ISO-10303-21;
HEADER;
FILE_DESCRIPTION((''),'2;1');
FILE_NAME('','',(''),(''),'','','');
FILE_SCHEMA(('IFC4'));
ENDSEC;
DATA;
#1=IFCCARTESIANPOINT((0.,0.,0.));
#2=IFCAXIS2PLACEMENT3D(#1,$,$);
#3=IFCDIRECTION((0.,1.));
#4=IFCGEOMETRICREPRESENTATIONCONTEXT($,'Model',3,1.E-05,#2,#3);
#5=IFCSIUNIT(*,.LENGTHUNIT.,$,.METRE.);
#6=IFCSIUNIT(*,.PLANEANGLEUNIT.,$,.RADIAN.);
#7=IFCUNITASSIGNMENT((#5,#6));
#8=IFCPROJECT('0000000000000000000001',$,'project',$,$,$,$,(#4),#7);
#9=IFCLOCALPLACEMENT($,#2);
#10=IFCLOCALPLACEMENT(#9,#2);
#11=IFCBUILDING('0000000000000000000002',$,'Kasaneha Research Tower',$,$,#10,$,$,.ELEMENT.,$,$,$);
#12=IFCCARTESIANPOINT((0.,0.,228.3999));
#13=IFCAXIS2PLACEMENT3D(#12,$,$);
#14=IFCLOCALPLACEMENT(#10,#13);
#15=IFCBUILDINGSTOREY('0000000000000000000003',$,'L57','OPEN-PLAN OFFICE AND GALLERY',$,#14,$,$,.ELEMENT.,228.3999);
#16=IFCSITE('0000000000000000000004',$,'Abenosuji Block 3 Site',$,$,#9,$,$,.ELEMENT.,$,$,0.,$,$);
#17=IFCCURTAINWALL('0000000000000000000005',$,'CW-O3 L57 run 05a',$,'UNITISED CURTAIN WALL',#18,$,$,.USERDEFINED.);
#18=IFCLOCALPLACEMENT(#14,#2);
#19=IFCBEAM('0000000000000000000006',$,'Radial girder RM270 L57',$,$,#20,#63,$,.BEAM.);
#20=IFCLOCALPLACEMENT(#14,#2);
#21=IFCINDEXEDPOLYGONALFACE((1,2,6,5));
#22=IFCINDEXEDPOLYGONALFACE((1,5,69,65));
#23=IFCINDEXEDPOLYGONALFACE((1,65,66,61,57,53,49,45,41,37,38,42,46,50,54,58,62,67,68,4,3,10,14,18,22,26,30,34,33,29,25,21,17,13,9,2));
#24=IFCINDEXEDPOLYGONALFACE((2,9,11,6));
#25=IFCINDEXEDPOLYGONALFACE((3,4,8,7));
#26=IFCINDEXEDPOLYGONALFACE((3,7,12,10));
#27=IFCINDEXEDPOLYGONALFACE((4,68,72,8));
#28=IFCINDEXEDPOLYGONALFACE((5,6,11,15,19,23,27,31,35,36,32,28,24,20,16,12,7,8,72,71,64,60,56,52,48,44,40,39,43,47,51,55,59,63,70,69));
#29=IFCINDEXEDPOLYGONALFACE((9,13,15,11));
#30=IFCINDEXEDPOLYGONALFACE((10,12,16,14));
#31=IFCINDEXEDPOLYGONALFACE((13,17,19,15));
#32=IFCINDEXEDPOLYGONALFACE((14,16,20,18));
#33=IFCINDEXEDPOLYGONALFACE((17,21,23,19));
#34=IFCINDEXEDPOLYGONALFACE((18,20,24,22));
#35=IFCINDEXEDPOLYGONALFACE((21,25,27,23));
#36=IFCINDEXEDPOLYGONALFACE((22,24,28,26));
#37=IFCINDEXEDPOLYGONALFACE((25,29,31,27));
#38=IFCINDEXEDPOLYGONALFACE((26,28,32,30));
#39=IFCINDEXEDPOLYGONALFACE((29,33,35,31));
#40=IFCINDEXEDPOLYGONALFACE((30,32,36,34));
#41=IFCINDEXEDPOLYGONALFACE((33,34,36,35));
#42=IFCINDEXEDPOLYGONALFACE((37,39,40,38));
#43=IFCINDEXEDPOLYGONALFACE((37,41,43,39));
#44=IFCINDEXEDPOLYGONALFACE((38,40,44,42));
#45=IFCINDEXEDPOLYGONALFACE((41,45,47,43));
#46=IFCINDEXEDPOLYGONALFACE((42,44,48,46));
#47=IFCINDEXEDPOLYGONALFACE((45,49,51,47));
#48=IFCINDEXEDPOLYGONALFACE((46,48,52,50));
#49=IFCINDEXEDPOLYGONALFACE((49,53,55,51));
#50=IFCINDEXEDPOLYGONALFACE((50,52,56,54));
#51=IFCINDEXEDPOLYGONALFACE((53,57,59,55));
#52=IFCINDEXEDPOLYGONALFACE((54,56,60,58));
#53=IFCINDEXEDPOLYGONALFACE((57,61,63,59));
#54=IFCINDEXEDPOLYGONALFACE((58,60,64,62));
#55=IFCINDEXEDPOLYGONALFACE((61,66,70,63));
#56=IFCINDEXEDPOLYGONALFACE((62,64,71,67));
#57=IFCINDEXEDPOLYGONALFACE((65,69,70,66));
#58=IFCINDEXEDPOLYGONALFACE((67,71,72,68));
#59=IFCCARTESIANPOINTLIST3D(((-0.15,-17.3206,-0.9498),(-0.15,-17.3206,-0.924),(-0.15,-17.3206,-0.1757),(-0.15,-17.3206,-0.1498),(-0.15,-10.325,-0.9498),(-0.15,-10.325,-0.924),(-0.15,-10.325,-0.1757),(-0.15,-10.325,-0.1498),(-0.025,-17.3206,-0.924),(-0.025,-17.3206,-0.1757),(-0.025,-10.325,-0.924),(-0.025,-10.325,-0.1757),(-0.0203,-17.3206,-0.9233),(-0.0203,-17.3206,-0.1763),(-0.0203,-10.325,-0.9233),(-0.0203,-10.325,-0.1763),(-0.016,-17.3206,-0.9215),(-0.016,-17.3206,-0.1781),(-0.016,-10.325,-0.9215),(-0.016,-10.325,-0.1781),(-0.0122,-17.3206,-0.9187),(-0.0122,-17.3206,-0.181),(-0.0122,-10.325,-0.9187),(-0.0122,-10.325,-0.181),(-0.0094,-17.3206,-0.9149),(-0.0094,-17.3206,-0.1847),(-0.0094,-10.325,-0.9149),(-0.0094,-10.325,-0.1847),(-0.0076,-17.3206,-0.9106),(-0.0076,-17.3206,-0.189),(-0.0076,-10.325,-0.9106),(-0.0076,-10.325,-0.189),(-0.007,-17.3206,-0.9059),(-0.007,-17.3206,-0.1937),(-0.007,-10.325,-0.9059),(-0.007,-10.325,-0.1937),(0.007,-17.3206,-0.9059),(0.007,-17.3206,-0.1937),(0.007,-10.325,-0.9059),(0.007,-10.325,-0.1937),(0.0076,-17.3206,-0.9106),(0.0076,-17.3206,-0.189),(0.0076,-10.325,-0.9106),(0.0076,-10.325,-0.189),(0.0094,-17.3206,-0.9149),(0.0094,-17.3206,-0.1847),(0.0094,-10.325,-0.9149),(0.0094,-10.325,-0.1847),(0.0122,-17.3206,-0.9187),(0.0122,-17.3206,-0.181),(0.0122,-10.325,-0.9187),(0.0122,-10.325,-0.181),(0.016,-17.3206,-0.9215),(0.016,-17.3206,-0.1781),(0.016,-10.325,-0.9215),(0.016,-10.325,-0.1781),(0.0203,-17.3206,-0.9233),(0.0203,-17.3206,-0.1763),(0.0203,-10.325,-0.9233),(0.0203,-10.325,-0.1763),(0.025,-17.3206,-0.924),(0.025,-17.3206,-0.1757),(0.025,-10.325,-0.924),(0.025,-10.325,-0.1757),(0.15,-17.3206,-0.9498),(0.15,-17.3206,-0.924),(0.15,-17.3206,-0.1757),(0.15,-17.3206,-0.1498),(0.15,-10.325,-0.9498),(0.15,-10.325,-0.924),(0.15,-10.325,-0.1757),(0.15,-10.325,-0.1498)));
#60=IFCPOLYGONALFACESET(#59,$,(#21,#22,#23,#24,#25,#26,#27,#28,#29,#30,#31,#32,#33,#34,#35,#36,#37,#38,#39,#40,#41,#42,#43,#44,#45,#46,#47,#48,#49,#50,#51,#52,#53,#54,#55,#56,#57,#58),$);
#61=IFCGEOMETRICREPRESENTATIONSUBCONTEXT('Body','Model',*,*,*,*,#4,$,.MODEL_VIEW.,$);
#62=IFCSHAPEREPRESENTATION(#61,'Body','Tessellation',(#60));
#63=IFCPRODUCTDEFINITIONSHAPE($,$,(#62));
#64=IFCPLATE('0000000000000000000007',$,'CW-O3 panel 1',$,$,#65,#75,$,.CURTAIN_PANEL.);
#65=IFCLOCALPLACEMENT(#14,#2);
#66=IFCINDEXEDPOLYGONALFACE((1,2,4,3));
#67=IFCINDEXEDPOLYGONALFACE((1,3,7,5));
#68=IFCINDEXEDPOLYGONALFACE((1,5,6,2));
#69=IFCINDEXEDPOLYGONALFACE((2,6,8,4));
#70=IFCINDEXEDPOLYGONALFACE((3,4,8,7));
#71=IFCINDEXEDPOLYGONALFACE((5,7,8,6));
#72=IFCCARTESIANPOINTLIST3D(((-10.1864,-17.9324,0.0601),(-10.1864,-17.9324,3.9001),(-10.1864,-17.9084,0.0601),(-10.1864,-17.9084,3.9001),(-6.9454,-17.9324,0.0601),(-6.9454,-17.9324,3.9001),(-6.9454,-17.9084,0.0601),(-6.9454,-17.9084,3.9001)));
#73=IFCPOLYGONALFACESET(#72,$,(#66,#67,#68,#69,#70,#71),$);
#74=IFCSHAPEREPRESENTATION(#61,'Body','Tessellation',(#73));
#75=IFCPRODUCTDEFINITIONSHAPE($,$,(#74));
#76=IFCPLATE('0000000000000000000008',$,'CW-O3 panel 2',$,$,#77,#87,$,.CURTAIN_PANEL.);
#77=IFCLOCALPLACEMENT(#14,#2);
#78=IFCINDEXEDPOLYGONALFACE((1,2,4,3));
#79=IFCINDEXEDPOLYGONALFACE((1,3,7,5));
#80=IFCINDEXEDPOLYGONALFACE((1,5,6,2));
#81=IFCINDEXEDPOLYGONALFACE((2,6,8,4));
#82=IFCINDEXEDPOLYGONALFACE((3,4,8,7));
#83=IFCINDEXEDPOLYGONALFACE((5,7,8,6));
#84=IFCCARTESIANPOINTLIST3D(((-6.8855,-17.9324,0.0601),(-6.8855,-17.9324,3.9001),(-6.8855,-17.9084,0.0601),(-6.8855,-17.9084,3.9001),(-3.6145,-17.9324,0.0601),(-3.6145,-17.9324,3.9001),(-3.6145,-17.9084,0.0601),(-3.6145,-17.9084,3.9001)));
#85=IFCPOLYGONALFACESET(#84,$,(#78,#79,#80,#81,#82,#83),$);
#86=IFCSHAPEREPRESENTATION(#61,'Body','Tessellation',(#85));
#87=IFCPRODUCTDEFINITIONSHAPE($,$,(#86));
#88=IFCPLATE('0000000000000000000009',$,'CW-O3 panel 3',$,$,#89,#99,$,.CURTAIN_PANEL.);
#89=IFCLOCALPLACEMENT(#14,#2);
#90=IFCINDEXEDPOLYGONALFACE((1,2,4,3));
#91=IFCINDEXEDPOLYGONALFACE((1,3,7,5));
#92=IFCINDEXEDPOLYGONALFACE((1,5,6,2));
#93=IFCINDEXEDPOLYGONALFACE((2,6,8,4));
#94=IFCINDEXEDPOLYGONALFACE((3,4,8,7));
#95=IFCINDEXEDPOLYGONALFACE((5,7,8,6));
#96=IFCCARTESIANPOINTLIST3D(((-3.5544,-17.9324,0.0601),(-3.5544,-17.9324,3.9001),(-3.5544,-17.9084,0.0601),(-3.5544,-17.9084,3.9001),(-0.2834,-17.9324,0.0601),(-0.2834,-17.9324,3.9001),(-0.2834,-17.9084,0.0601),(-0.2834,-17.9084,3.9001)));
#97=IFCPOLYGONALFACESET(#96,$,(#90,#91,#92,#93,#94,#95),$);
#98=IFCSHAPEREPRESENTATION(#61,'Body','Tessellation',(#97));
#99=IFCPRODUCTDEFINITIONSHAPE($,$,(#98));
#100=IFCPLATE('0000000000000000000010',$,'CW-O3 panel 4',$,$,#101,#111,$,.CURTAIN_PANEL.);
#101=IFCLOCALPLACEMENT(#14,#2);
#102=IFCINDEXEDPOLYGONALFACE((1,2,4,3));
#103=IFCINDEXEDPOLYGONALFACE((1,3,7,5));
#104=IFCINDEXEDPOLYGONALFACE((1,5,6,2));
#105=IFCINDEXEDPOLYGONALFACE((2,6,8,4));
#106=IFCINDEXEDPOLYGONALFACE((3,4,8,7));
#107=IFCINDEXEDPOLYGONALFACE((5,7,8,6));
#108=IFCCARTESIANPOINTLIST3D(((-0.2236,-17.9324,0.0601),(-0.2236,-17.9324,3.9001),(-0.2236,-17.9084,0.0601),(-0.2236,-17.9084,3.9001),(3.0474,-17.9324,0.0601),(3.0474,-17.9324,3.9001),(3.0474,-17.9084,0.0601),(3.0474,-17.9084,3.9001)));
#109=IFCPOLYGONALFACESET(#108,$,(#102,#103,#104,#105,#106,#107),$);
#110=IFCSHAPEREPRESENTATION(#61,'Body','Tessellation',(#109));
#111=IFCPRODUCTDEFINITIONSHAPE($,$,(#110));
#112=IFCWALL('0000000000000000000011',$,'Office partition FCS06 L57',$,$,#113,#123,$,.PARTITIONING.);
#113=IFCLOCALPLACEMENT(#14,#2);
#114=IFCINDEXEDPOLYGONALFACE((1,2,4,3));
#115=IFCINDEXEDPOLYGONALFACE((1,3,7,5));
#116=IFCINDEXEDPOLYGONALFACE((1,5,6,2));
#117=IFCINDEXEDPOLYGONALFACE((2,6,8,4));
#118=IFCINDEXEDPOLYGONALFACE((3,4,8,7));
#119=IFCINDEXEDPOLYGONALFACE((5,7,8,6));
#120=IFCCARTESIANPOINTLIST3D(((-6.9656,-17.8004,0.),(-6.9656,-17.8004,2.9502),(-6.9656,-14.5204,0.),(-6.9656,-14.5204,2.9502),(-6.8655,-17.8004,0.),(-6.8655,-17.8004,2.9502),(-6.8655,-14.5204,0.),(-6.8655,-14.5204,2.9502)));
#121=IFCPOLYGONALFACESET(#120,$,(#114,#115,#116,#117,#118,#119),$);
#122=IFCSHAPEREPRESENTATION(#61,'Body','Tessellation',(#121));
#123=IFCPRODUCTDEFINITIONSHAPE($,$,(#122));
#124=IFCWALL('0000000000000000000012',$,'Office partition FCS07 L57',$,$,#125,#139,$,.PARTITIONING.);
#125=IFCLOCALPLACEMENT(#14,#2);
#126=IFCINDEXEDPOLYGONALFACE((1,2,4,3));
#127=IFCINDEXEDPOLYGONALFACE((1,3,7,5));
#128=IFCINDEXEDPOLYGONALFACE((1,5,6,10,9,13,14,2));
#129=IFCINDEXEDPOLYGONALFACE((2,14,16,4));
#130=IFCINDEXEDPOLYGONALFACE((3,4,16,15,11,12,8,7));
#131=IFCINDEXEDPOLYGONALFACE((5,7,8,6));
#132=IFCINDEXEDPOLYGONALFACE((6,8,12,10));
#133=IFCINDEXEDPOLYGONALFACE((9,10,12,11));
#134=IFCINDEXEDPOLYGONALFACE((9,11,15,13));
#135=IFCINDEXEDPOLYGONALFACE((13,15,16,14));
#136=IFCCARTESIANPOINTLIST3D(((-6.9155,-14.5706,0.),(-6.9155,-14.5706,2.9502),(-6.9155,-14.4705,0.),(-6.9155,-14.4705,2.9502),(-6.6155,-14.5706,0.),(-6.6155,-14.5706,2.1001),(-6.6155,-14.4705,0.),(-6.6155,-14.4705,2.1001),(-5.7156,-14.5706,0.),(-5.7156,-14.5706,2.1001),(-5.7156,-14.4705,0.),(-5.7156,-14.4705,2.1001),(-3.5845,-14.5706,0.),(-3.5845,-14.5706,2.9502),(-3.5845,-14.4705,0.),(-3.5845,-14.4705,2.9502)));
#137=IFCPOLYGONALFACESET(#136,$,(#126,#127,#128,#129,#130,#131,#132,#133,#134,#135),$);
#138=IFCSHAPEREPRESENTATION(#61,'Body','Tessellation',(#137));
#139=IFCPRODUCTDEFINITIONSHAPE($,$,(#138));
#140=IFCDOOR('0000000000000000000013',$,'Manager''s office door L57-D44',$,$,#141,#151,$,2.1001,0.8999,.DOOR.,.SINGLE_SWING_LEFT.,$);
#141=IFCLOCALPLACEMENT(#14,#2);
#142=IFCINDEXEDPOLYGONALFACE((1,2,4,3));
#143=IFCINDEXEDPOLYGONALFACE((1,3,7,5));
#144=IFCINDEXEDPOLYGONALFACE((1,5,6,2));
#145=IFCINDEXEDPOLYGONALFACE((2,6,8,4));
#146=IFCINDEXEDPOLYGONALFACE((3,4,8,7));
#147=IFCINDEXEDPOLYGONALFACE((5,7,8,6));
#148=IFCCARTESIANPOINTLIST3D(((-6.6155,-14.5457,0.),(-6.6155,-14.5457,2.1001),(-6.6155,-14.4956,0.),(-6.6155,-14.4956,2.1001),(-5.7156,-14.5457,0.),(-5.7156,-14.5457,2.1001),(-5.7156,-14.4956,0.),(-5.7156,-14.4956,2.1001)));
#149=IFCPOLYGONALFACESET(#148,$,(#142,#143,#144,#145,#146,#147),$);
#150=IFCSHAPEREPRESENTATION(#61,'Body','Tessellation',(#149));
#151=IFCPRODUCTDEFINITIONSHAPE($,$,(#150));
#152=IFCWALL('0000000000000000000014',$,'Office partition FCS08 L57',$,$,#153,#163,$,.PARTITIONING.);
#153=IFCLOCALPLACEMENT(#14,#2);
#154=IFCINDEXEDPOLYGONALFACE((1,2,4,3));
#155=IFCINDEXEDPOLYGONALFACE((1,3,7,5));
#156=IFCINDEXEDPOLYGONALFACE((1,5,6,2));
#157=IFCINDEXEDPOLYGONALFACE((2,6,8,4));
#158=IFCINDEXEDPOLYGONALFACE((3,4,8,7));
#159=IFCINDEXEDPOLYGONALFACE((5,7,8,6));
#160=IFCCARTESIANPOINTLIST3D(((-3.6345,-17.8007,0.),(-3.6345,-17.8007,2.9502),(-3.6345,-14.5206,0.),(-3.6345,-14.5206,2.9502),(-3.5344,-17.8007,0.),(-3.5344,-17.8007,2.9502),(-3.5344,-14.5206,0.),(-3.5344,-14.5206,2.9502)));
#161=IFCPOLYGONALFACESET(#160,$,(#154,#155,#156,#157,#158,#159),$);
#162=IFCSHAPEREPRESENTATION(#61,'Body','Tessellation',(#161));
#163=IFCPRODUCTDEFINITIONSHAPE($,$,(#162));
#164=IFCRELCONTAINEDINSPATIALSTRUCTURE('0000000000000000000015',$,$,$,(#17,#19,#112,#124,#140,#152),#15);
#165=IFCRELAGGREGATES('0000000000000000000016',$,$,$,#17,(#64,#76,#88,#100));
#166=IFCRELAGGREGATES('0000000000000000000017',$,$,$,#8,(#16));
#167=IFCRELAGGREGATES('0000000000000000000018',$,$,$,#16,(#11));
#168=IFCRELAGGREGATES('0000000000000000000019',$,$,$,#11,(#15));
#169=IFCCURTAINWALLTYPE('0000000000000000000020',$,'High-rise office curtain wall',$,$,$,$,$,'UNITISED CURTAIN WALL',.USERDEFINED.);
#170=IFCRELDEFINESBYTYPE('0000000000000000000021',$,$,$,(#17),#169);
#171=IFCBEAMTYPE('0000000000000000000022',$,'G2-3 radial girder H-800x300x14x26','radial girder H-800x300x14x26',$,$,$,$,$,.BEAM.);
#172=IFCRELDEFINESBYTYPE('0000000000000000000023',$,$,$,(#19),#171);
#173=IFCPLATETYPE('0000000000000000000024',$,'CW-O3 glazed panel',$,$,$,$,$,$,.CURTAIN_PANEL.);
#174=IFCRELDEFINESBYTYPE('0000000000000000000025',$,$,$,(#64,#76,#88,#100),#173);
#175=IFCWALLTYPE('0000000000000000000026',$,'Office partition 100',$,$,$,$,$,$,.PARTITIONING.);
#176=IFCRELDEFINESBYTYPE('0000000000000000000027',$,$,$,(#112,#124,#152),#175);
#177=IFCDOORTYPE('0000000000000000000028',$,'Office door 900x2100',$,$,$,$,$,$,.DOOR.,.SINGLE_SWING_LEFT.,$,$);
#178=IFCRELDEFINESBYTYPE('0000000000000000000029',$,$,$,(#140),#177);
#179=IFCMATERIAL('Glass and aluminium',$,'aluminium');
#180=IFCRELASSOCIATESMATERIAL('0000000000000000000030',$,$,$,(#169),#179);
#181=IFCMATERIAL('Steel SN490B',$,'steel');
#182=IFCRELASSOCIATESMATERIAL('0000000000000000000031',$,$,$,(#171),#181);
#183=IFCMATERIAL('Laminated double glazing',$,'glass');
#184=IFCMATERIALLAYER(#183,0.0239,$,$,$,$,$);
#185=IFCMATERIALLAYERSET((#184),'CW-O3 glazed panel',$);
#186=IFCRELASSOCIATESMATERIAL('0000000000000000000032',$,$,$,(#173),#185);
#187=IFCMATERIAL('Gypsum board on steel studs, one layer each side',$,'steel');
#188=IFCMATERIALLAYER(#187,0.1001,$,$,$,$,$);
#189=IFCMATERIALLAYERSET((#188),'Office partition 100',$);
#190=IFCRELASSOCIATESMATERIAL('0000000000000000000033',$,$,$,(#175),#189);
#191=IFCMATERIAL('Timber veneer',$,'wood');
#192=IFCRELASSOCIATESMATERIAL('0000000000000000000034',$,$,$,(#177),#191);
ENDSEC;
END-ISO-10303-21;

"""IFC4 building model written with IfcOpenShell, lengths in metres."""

from ifc_helpers import new_model, si_unit, direction, frame, frame_2d, origin, origin_2d, place, context, subcontext, project, spatial, rectangle, i_section, extrude, material, layer, layer_set, material_profile, profile_set, type_object, element, fill, aggregate, save


model = new_model("IFC4")

# Units and contexts
model_context = context("Model", 3, precision=1e-05, world=origin(), true_north=direction((0.0, 1.0)))
body_context = subcontext(model_context, "Body", "Model", "MODEL_VIEW")
ifc_project = project(units=[si_unit("LENGTHUNIT", "METRE"), si_unit("PLANEANGLEUNIT", "RADIAN")], contexts=[model_context])

# Site, building, storey
site_placement = place(None, origin())
site = spatial("IfcSite", under=ifc_project, at=site_placement, Name="Abenosuji Block 3 Site", CompositionType="ELEMENT", RefElevation=0.0)
building_placement = place(site_placement, origin())
building = spatial("IfcBuilding", under=site, at=building_placement, Name="Kasaneha Research Tower", CompositionType="ELEMENT")
storey_placement = place(building_placement, frame((0.0, 0.0, 228.3999)))
storey = spatial("IfcBuildingStorey", under=building, at=storey_placement, Name="L57", Description="OPEN-PLAN OFFICE AND GALLERY", CompositionType="ELEMENT", Elevation=228.3999)

# Curtain wall
ifc_material_1 = material(Name="Glass and aluminium", Category="aluminium")
curtain_wall_type = type_object("IfcCurtainWallType", Name="High-rise office curtain wall", ElementType="UNITISED CURTAIN WALL", PredefinedType="USERDEFINED", material=ifc_material_1)
curtain_wall_placement = place(storey_placement, origin())
curtain_wall = element("IfcCurtainWall", 1, at=curtain_wall_placement, inside=storey, type_object=curtain_wall_type, Name="CW-O3 L57 run 05a", ObjectType="UNITISED CURTAIN WALL", PredefinedType="USERDEFINED")

# Beam
ifc_material_2 = material(Name="Steel SN490B", Category="steel")
ifc_material_profile_1 = material_profile(ifc_material_2, i_section(OverallWidth=0.3, OverallDepth=0.8, WebThickness=0.0139, FlangeThickness=0.0259, FilletRadius=0.0181, at=origin_2d()), Name="H-800x300x14x26")
ifc_profile_set_1 = profile_set([ifc_material_profile_1], Name="Steel SN490B")
beam_type_1 = type_object("IfcBeamType", Name="G2-3 radial girder H-800x300x14x26", Description="radial girder H-800x300x14x26", PredefinedType="BEAM", material=ifc_profile_set_1)
beam_1_placement = place(storey_placement, frame((0.0, -10.325, -0.5498), z_axis=(0.0, -1.0, 0.0), x_axis=(1.0, 0.0, 0.0)))
element("IfcBeam", 2, at=beam_1_placement, inside=storey, type_object=beam_type_1, Name="Radial girder RM270 L57", PredefinedType="BEAM", context=body_context, shape_type="SweptSolid", body=[
    extrude(i_section(OverallWidth=0.3, OverallDepth=0.8, WebThickness=0.0139, FlangeThickness=0.0259, FilletRadius=0.0181, at=origin_2d()), origin(), (0.0, 0.0, 1.0), 6.9956),
])

# Plates
ifc_material_3 = material(Name="Laminated double glazing", Category="glass")
ifc_layer_1 = layer(ifc_material_3, 0.0239)
ifc_layer_set_1 = layer_set([ifc_layer_1], Name="CW-O3 glazed panel")
plate_type = type_object("IfcPlateType", Name="CW-O3 glazed panel", PredefinedType="CURTAIN_PANEL", material=ifc_layer_set_1)
plate_1_placement = place(storey_placement, frame((-8.5659, -17.9204, 0.0601), z_axis=(0.0, 0.0, 1.0), x_axis=(1.0, 0.0, 0.0)))
plate_1 = element("IfcPlate", 3, at=plate_1_placement, type_object=plate_type, Name="CW-O3 panel 1", PredefinedType="CURTAIN_PANEL", context=body_context, shape_type="SweptSolid", body=[
    extrude(rectangle(XDim=3.241, YDim=0.0239, at=origin_2d()), origin(), (0.0, 0.0, 1.0), 3.8401),
])
plate_2_placement = place(storey_placement, frame((-5.25, -17.9204, 0.0601), z_axis=(0.0, 0.0, 1.0), x_axis=(1.0, 0.0, 0.0)))
plate_2 = element("IfcPlate", 4, at=plate_2_placement, type_object=plate_type, Name="CW-O3 panel 2", PredefinedType="CURTAIN_PANEL", context=body_context, shape_type="SweptSolid", body=[
    extrude(rectangle(XDim=3.271, YDim=0.0239, at=origin_2d()), origin(), (0.0, 0.0, 1.0), 3.8401),
])
plate_3_placement = place(storey_placement, frame((-1.9189, -17.9204, 0.0601), z_axis=(0.0, 0.0, 1.0), x_axis=(1.0, 0.0, 0.0)))
plate_3 = element("IfcPlate", 5, at=plate_3_placement, type_object=plate_type, Name="CW-O3 panel 3", PredefinedType="CURTAIN_PANEL", context=body_context, shape_type="SweptSolid", body=[
    extrude(rectangle(XDim=3.271, YDim=0.0239, at=origin_2d()), origin(), (0.0, 0.0, 1.0), 3.8401),
])
plate_4_placement = place(storey_placement, frame((1.4119, -17.9204, 0.0601), z_axis=(0.0, 0.0, 1.0), x_axis=(1.0, 0.0, 0.0)))
plate_4 = element("IfcPlate", 6, at=plate_4_placement, type_object=plate_type, Name="CW-O3 panel 4", PredefinedType="CURTAIN_PANEL", context=body_context, shape_type="SweptSolid", body=[
    extrude(rectangle(XDim=3.271, YDim=0.0239, at=origin_2d()), origin(), (0.0, 0.0, 1.0), 3.8401),
])
aggregate(curtain_wall, [plate_1, plate_2, plate_3, plate_4])

# Wall
ifc_material_4 = material(Name="Gypsum board on steel studs, one layer each side", Category="steel")
ifc_layer_2 = layer(ifc_material_4, 0.1001)
ifc_layer_set_2 = layer_set([ifc_layer_2], Name="Office partition 100")
wall_type_1 = type_object("IfcWallType", Name="Office partition 100", PredefinedType="PARTITIONING", material=ifc_layer_set_2)
wall_1_placement = place(storey_placement, frame((-6.9155, -17.8005, 0.0), z_axis=(0.0, 0.0, 1.0), x_axis=(0.0, 1.0, 0.0)))
element("IfcWall", 7, at=wall_1_placement, inside=storey, type_object=wall_type_1, Name="Office partition FCS06 L57", PredefinedType="PARTITIONING", context=body_context, shape_type="SweptSolid", body=[
    extrude(rectangle(XDim=3.28, YDim=0.1001, at=frame_2d((1.6401, 0.0))), origin(), (0.0, 0.0, 1.0), 2.9502),
])

# Wall, opening, door
wall_2_placement = place(storey_placement, frame((-6.9155, -14.5205, 0.0), z_axis=(0.0, 0.0, 1.0), x_axis=(1.0, 0.0, 0.0)))
wall_2 = element("IfcWall", 8, at=wall_2_placement, inside=storey, type_object=wall_type_1, Name="Office partition FCS07 L57", PredefinedType="PARTITIONING", context=body_context, shape_type="SweptSolid", body=[
    extrude(rectangle(XDim=3.3311, YDim=0.1001, at=frame_2d((1.6655, 0.0))), origin(), (0.0, 0.0, 1.0), 2.9502),
])
opening_1_placement = place(wall_2_placement, frame((0.3, 0.0, 0.0)))
opening_1 = element("IfcOpeningElement", 9, at=opening_1_placement, cuts=wall_2, PredefinedType="OPENING", context=body_context, shape_type="SweptSolid", body=[
    extrude(rectangle(XDim=0.8999, YDim=2.1001, at=frame_2d((0.45, 1.05))), frame((0.0, 0.0601, 0.0), z_axis=(0.0, -1.0, 0.0), x_axis=(1.0, 0.0, 0.0)), (0.0, 0.0, 1.0), 0.1201),
])
ifc_material_5 = material(Name="Timber veneer", Category="wood")
door_type_1 = type_object("IfcDoorType", Name="Office door 900x2100", OperationType="SINGLE_SWING_LEFT", PredefinedType="DOOR", material=ifc_material_5)
door_1_placement = place(opening_1_placement, origin())
door_1 = element("IfcDoor", 10, at=door_1_placement, inside=storey, type_object=door_type_1, Name="Manager's office door L57-D44", OperationType="SINGLE_SWING_LEFT", OverallHeight=2.1001, OverallWidth=0.8999, PredefinedType="DOOR", context=body_context, shape_type="SweptSolid", body=[
    extrude(rectangle(XDim=0.8999, YDim=2.1001, at=frame_2d((0.45, 1.05))), frame((0.0, 0.0249, 0.0), z_axis=(0.0, -1.0, 0.0), x_axis=(1.0, 0.0, 0.0)), (0.0, 0.0, 1.0), 0.05),
])
fill(opening_1, door_1)

# Wall
wall_3_placement = place(storey_placement, frame((-3.5845, -14.5205, 0.0), z_axis=(0.0, 0.0, 1.0), x_axis=(0.0, -1.0, 0.0)))
element("IfcWall", 11, at=wall_3_placement, inside=storey, type_object=wall_type_1, Name="Office partition FCS08 L57", PredefinedType="PARTITIONING", context=body_context, shape_type="SweptSolid", body=[
    extrude(rectangle(XDim=3.28, YDim=0.1001, at=frame_2d((1.6401, 0.0))), origin(), (0.0, 0.0, 1.0), 2.9502),
])

save(model, "model.ifc")
